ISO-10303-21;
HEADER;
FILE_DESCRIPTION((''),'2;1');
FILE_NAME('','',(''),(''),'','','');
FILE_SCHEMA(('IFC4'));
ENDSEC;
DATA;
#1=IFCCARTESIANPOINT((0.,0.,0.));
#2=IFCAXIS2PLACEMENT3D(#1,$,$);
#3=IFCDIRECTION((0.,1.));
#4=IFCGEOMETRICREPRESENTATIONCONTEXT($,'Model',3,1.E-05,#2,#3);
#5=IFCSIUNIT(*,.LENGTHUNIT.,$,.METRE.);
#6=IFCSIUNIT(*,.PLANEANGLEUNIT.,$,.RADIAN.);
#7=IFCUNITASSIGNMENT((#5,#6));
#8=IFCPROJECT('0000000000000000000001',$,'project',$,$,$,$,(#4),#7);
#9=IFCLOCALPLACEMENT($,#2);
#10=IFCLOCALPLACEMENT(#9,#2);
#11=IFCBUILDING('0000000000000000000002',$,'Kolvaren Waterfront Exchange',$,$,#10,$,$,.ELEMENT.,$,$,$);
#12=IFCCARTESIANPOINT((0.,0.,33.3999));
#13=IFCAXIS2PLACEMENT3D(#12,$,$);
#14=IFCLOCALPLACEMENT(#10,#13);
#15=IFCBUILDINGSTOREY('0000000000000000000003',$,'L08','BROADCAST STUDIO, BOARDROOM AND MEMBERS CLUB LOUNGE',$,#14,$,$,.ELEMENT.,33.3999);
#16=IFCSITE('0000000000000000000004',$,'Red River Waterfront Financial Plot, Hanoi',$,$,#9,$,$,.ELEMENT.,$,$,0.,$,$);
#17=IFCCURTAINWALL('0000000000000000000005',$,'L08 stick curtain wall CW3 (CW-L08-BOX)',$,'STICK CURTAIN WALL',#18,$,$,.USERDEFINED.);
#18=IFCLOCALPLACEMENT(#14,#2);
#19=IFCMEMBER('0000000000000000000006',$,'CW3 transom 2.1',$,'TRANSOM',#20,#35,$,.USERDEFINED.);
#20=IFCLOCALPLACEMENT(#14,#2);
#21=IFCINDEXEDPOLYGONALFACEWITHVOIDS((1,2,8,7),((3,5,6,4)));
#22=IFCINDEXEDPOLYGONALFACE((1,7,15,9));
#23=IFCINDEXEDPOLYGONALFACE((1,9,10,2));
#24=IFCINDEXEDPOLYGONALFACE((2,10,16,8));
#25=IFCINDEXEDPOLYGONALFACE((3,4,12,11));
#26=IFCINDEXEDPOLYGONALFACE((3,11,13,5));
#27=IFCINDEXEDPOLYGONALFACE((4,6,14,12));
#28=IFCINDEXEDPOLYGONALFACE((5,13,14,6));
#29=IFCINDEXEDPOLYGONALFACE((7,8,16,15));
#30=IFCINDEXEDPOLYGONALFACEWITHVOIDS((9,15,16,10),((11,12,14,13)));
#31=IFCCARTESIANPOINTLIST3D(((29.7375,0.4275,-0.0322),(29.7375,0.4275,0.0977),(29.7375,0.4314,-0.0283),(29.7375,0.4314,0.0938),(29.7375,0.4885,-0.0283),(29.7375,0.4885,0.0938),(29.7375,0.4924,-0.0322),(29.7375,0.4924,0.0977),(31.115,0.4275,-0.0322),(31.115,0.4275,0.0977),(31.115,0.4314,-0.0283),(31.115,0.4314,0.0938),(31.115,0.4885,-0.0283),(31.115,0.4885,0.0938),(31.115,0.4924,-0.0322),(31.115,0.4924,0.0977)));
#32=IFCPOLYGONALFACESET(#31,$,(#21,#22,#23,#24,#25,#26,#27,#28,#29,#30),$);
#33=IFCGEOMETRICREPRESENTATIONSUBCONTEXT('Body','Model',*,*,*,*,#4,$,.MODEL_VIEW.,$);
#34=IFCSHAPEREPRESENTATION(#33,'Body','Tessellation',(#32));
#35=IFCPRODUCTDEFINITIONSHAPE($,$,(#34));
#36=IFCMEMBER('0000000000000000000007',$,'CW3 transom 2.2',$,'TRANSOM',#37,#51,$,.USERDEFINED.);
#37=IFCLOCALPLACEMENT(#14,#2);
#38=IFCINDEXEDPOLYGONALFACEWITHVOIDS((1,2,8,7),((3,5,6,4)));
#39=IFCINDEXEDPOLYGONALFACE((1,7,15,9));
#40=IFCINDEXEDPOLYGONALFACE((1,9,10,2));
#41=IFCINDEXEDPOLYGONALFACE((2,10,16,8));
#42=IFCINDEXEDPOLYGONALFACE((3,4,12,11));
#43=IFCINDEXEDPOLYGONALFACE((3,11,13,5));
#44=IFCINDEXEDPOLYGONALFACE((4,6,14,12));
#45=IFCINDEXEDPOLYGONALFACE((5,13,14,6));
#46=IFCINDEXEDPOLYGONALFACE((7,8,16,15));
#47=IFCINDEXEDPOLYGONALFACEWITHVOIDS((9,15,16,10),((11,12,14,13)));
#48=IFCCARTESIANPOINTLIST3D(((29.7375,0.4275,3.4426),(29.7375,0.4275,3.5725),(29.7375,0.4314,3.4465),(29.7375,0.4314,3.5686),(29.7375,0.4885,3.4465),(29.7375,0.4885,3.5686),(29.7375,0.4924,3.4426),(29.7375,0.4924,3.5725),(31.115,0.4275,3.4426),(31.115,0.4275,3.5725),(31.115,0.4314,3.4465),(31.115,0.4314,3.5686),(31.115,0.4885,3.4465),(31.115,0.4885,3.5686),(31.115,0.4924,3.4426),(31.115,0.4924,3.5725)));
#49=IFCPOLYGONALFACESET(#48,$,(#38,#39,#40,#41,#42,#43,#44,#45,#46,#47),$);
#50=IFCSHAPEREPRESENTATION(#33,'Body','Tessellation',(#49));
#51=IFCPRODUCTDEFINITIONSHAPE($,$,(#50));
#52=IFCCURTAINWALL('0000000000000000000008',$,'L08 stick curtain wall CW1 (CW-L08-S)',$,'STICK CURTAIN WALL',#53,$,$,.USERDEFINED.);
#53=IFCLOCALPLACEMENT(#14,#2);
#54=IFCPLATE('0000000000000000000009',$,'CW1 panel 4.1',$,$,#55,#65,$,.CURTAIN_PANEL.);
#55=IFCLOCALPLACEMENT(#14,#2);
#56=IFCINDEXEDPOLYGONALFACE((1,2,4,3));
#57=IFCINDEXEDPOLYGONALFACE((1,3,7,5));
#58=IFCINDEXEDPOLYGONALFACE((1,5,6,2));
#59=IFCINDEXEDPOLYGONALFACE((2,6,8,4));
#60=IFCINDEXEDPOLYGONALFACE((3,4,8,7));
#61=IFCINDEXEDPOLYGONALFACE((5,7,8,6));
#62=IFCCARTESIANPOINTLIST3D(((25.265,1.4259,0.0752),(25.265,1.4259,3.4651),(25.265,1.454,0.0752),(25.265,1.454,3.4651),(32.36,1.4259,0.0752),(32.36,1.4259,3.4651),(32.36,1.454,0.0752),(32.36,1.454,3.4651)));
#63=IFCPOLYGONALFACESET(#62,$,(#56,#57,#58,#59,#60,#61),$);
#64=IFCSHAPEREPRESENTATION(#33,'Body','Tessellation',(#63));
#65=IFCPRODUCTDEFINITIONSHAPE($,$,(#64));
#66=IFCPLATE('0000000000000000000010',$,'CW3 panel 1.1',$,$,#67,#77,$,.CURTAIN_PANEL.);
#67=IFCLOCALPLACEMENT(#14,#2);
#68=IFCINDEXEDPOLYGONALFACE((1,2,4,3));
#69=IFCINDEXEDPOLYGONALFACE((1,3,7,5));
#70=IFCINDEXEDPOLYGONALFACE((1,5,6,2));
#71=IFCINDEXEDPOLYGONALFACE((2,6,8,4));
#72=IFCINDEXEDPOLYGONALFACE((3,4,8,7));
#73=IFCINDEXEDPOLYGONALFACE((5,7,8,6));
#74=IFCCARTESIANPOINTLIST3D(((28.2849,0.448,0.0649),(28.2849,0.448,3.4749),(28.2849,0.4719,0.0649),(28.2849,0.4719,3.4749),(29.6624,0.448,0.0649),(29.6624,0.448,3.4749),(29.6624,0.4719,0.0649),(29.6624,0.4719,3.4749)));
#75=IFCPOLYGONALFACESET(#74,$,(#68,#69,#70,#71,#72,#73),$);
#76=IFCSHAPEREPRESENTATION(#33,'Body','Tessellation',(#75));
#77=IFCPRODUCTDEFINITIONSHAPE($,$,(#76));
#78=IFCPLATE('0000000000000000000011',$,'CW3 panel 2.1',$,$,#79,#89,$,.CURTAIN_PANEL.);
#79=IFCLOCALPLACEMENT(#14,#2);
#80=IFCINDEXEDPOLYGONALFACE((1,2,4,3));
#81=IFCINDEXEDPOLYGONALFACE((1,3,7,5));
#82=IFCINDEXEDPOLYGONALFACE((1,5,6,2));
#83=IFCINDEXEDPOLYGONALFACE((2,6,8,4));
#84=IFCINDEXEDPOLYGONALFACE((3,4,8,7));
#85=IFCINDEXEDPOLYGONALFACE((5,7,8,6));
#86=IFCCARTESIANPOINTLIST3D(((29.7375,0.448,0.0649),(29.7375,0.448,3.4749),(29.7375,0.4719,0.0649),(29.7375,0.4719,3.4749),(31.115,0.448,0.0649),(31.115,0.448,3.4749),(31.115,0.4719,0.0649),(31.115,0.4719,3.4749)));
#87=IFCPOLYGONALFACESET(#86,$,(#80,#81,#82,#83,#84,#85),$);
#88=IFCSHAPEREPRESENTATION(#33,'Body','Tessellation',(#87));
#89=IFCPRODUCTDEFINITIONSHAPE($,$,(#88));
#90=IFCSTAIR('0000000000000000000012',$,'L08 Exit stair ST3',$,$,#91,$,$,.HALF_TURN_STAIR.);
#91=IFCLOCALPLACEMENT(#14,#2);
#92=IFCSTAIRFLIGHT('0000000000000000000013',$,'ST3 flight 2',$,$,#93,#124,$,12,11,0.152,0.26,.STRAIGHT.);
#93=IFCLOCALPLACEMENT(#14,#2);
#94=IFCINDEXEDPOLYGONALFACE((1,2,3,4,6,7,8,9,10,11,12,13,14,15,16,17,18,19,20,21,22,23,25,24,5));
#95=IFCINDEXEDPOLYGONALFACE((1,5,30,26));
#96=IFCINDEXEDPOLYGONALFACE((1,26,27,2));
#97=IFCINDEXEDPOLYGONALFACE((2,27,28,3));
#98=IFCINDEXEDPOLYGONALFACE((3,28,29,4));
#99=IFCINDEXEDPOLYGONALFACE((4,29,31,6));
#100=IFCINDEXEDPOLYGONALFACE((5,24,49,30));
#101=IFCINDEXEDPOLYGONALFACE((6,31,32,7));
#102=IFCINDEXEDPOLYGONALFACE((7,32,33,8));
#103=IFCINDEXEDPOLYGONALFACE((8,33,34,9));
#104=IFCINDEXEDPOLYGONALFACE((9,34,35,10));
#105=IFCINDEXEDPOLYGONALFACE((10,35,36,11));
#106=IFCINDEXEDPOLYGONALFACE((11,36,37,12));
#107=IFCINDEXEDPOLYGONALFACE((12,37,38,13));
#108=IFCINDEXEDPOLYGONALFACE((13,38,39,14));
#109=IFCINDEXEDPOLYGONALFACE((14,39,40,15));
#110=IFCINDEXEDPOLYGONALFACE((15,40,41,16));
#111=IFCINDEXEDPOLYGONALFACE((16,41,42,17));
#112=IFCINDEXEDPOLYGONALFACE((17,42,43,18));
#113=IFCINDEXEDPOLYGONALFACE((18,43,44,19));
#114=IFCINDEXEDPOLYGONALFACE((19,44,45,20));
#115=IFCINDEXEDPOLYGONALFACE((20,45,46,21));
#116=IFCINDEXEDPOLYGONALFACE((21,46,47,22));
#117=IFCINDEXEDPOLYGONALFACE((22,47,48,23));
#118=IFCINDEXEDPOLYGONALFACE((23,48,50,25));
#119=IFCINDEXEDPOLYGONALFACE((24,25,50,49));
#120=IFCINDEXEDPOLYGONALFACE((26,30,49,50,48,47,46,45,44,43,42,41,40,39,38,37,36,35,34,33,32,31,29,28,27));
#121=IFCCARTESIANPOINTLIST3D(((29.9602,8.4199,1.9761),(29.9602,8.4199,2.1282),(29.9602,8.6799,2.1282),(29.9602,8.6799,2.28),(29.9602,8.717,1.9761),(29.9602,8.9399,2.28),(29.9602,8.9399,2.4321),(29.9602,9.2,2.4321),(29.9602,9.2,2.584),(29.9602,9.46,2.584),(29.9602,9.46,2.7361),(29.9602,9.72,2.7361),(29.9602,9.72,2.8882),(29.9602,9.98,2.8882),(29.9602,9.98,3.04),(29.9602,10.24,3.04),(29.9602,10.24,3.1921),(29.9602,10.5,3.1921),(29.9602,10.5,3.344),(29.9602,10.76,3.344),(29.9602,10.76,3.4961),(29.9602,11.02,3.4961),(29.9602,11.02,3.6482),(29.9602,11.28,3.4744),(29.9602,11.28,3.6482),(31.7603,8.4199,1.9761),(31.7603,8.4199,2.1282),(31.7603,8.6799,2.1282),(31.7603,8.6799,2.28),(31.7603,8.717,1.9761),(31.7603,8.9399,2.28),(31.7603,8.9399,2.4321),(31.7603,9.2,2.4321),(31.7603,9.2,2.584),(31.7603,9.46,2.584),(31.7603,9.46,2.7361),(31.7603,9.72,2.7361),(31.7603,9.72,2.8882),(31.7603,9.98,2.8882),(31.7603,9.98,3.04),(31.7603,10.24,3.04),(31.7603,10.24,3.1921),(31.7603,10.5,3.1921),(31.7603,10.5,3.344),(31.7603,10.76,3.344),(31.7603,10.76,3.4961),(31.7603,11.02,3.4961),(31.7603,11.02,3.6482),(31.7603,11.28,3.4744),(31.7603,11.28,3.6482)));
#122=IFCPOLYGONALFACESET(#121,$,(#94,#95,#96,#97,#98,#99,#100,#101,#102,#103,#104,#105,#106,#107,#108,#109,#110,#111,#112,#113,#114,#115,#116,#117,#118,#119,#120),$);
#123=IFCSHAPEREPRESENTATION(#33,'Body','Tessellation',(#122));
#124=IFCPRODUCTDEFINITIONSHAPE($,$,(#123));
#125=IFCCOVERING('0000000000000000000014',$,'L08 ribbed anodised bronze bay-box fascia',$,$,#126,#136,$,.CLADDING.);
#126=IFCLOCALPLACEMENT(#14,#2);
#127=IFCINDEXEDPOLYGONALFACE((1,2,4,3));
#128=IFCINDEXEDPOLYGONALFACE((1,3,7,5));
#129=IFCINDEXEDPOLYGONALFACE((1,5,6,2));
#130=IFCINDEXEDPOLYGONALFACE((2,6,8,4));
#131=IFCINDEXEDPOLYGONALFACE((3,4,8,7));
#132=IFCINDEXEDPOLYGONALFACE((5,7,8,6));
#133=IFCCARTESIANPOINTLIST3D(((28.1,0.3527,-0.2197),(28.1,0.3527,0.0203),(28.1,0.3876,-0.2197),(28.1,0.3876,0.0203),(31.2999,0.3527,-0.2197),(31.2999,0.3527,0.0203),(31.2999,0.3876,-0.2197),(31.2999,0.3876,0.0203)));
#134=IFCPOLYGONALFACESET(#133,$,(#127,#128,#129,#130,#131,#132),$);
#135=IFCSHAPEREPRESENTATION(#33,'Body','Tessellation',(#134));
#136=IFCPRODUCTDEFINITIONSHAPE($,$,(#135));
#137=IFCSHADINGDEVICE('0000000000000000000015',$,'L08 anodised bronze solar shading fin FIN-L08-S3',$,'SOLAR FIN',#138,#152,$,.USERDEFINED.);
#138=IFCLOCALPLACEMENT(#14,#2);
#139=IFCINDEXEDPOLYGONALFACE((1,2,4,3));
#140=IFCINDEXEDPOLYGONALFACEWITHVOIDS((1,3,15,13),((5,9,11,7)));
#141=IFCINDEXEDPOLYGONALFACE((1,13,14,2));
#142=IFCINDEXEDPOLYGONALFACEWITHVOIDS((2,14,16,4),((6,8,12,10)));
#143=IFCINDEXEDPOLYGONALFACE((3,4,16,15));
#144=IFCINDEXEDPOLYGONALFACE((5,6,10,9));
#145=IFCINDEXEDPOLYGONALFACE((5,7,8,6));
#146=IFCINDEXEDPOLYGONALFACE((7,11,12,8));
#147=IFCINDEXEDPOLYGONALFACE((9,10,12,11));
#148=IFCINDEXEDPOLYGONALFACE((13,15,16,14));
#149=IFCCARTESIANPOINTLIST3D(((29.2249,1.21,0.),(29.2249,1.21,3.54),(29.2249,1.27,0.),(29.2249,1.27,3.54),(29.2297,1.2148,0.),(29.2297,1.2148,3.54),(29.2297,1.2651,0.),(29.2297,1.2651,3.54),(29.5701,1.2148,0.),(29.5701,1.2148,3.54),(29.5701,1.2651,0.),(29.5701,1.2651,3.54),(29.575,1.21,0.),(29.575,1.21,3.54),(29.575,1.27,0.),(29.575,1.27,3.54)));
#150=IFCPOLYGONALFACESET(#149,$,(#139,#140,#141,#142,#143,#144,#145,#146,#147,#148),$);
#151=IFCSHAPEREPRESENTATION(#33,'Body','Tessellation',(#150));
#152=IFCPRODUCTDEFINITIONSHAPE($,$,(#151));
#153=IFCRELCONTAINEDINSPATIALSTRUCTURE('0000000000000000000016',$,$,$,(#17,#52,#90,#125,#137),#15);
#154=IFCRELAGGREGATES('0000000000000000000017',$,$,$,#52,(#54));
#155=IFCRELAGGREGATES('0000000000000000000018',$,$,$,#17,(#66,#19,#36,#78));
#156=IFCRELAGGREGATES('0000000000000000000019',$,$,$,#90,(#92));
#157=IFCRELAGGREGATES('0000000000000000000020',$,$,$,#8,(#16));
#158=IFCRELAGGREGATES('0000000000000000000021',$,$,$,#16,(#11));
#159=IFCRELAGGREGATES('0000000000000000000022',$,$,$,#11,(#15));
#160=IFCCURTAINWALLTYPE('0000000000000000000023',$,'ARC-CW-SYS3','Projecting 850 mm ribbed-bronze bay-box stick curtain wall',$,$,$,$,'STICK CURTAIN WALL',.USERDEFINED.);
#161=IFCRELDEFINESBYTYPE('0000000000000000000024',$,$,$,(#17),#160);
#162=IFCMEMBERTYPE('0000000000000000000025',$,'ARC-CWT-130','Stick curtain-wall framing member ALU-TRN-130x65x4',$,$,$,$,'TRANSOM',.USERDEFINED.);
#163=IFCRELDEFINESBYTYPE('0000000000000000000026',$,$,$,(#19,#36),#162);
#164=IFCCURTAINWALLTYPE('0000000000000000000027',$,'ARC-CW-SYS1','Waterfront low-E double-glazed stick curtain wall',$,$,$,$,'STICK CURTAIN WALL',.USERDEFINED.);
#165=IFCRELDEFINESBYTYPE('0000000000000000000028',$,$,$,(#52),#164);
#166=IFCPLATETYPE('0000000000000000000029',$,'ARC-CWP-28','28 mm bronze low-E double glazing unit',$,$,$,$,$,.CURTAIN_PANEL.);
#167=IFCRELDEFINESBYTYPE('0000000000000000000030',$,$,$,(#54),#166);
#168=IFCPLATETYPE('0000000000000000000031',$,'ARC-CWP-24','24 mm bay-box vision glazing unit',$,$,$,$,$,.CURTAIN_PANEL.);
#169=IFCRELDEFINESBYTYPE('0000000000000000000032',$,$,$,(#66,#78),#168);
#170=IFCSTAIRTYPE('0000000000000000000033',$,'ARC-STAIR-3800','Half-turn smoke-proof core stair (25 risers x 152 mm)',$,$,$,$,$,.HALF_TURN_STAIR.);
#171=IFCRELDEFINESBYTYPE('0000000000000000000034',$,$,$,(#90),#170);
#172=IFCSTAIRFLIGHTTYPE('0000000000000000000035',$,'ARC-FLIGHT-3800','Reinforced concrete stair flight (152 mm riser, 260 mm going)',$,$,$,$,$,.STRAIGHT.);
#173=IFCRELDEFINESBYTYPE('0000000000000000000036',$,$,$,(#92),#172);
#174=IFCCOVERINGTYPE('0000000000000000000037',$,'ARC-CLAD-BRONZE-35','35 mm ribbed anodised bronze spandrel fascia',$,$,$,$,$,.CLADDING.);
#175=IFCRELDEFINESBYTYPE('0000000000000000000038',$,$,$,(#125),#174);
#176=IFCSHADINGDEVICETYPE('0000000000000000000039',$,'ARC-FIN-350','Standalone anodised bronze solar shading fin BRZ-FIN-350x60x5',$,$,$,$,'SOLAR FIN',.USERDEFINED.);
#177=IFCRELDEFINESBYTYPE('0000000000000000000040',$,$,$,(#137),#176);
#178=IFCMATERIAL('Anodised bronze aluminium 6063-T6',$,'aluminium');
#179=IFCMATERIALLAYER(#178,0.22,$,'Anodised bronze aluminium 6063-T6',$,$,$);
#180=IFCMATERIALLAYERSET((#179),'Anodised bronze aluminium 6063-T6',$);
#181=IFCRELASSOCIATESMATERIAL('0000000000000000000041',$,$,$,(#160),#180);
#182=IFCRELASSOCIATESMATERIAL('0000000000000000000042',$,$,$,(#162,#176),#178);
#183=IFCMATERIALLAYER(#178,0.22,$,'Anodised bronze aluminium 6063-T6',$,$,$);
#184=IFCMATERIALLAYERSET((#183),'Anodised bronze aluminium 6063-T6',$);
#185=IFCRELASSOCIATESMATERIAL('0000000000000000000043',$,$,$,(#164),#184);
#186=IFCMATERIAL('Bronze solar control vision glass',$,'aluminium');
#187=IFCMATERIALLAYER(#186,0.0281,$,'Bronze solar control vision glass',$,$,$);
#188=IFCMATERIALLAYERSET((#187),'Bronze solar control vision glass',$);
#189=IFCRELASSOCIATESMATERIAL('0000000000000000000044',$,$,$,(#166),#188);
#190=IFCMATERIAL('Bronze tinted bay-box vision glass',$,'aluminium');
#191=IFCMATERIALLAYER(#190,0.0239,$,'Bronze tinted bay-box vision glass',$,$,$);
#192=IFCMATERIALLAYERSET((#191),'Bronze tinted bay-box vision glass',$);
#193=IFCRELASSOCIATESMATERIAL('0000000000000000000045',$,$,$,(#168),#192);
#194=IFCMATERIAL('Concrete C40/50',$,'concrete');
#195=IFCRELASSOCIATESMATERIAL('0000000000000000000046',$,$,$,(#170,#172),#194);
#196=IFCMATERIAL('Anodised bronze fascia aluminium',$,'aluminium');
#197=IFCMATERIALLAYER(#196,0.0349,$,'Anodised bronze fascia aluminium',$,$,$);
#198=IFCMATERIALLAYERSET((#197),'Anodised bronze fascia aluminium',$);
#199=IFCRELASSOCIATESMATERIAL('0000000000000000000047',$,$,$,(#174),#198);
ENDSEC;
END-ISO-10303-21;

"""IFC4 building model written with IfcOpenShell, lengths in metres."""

from ifc_helpers import new_model, si_unit, direction, frame, origin, origin_with_axes, origin_2d, place, context, subcontext, project, spatial, polyline, rectangle, hollow_rectangle, outline, extrude, source, transform, mapped, material, layer, layer_set, material_profile, profile_set, type_object, element, aggregate, save


model = new_model("IFC4")

# Units and contexts
model_context = context("Model", 3, precision=1e-05, world=origin(), true_north=direction((0.0, 1.0)))
body_context = subcontext(model_context, "Body", "Model", "MODEL_VIEW")
ifc_project = project(units=[si_unit("LENGTHUNIT", "METRE"), si_unit("PLANEANGLEUNIT", "RADIAN")], contexts=[model_context])

# Site, building, storey
site_placement = place(None, origin())
site = spatial("IfcSite", under=ifc_project, at=site_placement, Name="Red River Waterfront Financial Plot, Hanoi", CompositionType="ELEMENT", RefElevation=0.0)
building_placement = place(site_placement, origin())
building = spatial("IfcBuilding", under=site, at=building_placement, Name="Kolvaren Waterfront Exchange", CompositionType="ELEMENT")
storey_placement = place(building_placement, frame((0.0, 0.0, 33.3999)))
storey = spatial("IfcBuildingStorey", under=building, at=storey_placement, Name="L08", Description="BROADCAST STUDIO, BOARDROOM AND MEMBERS CLUB LOUNGE", CompositionType="ELEMENT", Elevation=33.3999)

# Shared definitions
ifc_material_1 = material(Name="Anodised bronze aluminium 6063-T6", Category="aluminium")
ifc_layer_1 = layer(ifc_material_1, 0.22, Name="Anodised bronze aluminium 6063-T6")
ifc_layer_set_1 = layer_set([ifc_layer_1], Name="Anodised bronze aluminium 6063-T6")
curtain_wall_type_1 = type_object("IfcCurtainWallType", Name="ARC-CW-SYS3", Description="Projecting 850 mm ribbed-bronze bay-box stick curtain wall", ElementType="STICK CURTAIN WALL", PredefinedType="USERDEFINED", material=ifc_layer_set_1)

# Curtain wall
curtain_wall_1_placement = place(storey_placement, origin())
curtain_wall_1 = element("IfcCurtainWall", 1, at=curtain_wall_1_placement, inside=storey, type_object=curtain_wall_type_1, Name="L08 stick curtain wall CW3 (CW-L08-BOX)", ObjectType="STICK CURTAIN WALL", PredefinedType="USERDEFINED")

# Members
ifc_material_profile_1 = material_profile(ifc_material_1, hollow_rectangle(XDim=0.0649, YDim=0.1299, WallThickness=0.0039, at=origin_2d()), Name="ALU-TRN-130x65x4")
ifc_profile_set_1 = profile_set([ifc_material_profile_1], Name="Anodised bronze aluminium 6063-T6")
member_type_1 = type_object("IfcMemberType", Name="ARC-CWT-130", Description="Stick curtain-wall framing member ALU-TRN-130x65x4", ElementType="TRANSOM", PredefinedType="USERDEFINED", material=ifc_profile_set_1)
shared_shape_1 = source(origin_with_axes(), body_context, "Body", "SweptSolid", [
    extrude(hollow_rectangle(XDim=0.0649, YDim=0.1299, WallThickness=0.0039, at=origin_2d()), origin(), (0.0, 0.0, 1.0), 1.3774),
])
member_1_placement = place(storey_placement, frame((29.7375, 0.46, 0.0327), z_axis=(1.0, 0.0, 0.0), x_axis=(0.0, 1.0, 0.0)))
member_1 = element("IfcMember", 2, at=member_1_placement, type_object=member_type_1, Name="CW3 transom 2.1", ObjectType="TRANSOM", PredefinedType="USERDEFINED", context=body_context, shape_type="MappedRepresentation", body=[
    mapped(shared_shape_1, transform((0.0, 0.0, 0.0), x_axis=(1.0, 0.0, 0.0), y_axis=(0.0, 1.0, 0.0), z_axis=(0.0, 0.0, 1.0), scale=1.0)),
])
member_2_placement = place(storey_placement, frame((29.7375, 0.46, 3.5076), z_axis=(1.0, 0.0, 0.0), x_axis=(0.0, 1.0, 0.0)))
member_2 = element("IfcMember", 3, at=member_2_placement, type_object=member_type_1, Name="CW3 transom 2.2", ObjectType="TRANSOM", PredefinedType="USERDEFINED", context=body_context, shape_type="MappedRepresentation", body=[
    mapped(shared_shape_1, transform((0.0, 0.0, 0.0), x_axis=(1.0, 0.0, 0.0), y_axis=(0.0, 1.0, 0.0), z_axis=(0.0, 0.0, 1.0), scale=1.0)),
])

# Curtain wall, plate
ifc_layer_2 = layer(ifc_material_1, 0.22, Name="Anodised bronze aluminium 6063-T6")
ifc_layer_set_2 = layer_set([ifc_layer_2], Name="Anodised bronze aluminium 6063-T6")
curtain_wall_type_2 = type_object("IfcCurtainWallType", Name="ARC-CW-SYS1", Description="Waterfront low-E double-glazed stick curtain wall", ElementType="STICK CURTAIN WALL", PredefinedType="USERDEFINED", material=ifc_layer_set_2)
curtain_wall_2_placement = place(storey_placement, origin())
curtain_wall_2 = element("IfcCurtainWall", 4, at=curtain_wall_2_placement, inside=storey, type_object=curtain_wall_type_2, Name="L08 stick curtain wall CW1 (CW-L08-S)", ObjectType="STICK CURTAIN WALL", PredefinedType="USERDEFINED")
ifc_material_2 = material(Name="Bronze solar control vision glass", Category="aluminium")
ifc_layer_3 = layer(ifc_material_2, 0.0281, Name="Bronze solar control vision glass")
ifc_layer_set_3 = layer_set([ifc_layer_3], Name="Bronze solar control vision glass")
plate_type_1 = type_object("IfcPlateType", Name="ARC-CWP-28", Description="28 mm bronze low-E double glazing unit", PredefinedType="CURTAIN_PANEL", material=ifc_layer_set_3)
shared_shape_2 = source(origin_with_axes(), body_context, "Body", "SweptSolid", [
    extrude(rectangle(XDim=7.095, YDim=0.0281, at=origin_2d()), origin(), (0.0, 0.0, 1.0), 3.3899),
])
plate_1_placement = place(storey_placement, frame((28.8125, 1.4399, 0.0752), z_axis=(0.0, 0.0, 1.0), x_axis=(1.0, 0.0, 0.0)))
plate_1 = element("IfcPlate", 5, at=plate_1_placement, type_object=plate_type_1, Name="CW1 panel 4.1", PredefinedType="CURTAIN_PANEL", context=body_context, shape_type="MappedRepresentation", body=[
    mapped(shared_shape_2, transform((0.0, 0.0, 0.0), x_axis=(1.0, 0.0, 0.0), y_axis=(0.0, 1.0, 0.0), z_axis=(0.0, 0.0, 1.0), scale=1.0)),
])
aggregate(curtain_wall_2, [plate_1])

# Plates
ifc_material_3 = material(Name="Bronze tinted bay-box vision glass", Category="aluminium")
ifc_layer_4 = layer(ifc_material_3, 0.0239, Name="Bronze tinted bay-box vision glass")
ifc_layer_set_4 = layer_set([ifc_layer_4], Name="Bronze tinted bay-box vision glass")
plate_type_2 = type_object("IfcPlateType", Name="ARC-CWP-24", Description="24 mm bay-box vision glazing unit", PredefinedType="CURTAIN_PANEL", material=ifc_layer_set_4)
shared_shape_3 = source(origin_with_axes(), body_context, "Body", "SweptSolid", [
    extrude(rectangle(XDim=1.3774, YDim=0.0239, at=origin_2d()), origin(), (0.0, 0.0, 1.0), 3.4099),
])
plate_2_placement = place(storey_placement, frame((28.9736, 0.46, 0.0649), z_axis=(0.0, 0.0, 1.0), x_axis=(1.0, 0.0, 0.0)))
plate_2 = element("IfcPlate", 6, at=plate_2_placement, type_object=plate_type_2, Name="CW3 panel 1.1", PredefinedType="CURTAIN_PANEL", context=body_context, shape_type="MappedRepresentation", body=[
    mapped(shared_shape_3, transform((0.0, 0.0, 0.0), x_axis=(1.0, 0.0, 0.0), y_axis=(0.0, 1.0, 0.0), z_axis=(0.0, 0.0, 1.0), scale=1.0)),
])
plate_3_placement = place(storey_placement, frame((30.4263, 0.46, 0.0649), z_axis=(0.0, 0.0, 1.0), x_axis=(1.0, 0.0, 0.0)))
plate_3 = element("IfcPlate", 7, at=plate_3_placement, type_object=plate_type_2, Name="CW3 panel 2.1", PredefinedType="CURTAIN_PANEL", context=body_context, shape_type="MappedRepresentation", body=[
    mapped(shared_shape_3, transform((0.0, 0.0, 0.0), x_axis=(1.0, 0.0, 0.0), y_axis=(0.0, 1.0, 0.0), z_axis=(0.0, 0.0, 1.0), scale=1.0)),
])
aggregate(curtain_wall_1, [plate_2, member_1, member_2, plate_3])

# Stair, stair flight
ifc_material_4 = material(Name="Concrete C40/50", Category="concrete")
stair_type = type_object("IfcStairType", Name="ARC-STAIR-3800", Description="Half-turn smoke-proof core stair (25 risers x 152 mm)", PredefinedType="HALF_TURN_STAIR", material=ifc_material_4)
stair_placement = place(storey_placement, origin())
stair = element("IfcStair", 8, at=stair_placement, inside=storey, type_object=stair_type, Name="L08 Exit stair ST3", PredefinedType="HALF_TURN_STAIR")
stair_flight_type = type_object("IfcStairFlightType", Name="ARC-FLIGHT-3800", Description="Reinforced concrete stair flight (152 mm riser, 260 mm going)", PredefinedType="STRAIGHT", material=ifc_material_4)
stair_flight_placement = place(storey_placement, frame((30.8601, 8.4199, 1.9761), z_axis=(0.0, 0.0, 1.0), x_axis=(0.0, 1.0, 0.0)))
stair_flight = element("IfcStairFlight", 9, at=stair_flight_placement, type_object=stair_flight_type, Name="ST3 flight 2", NumberOfRisers=12, NumberOfTreads=11, PredefinedType="STRAIGHT", RiserHeight=0.152, TreadLength=0.26, context=body_context, shape_type="SweptSolid", body=[
    extrude(outline(polyline([(0.0, 0.0), (0.0, 0.1521), (0.26, 0.1521), (0.26, 0.304), (0.52, 0.304), (0.52, 0.4561), (0.78, 0.4561), (0.78, 0.6079), (1.04, 0.6079), (1.04, 0.76), (1.3, 0.76), (1.3, 0.9121), (1.5601, 0.9121), (1.5601, 1.064), (1.8201, 1.064), (1.8201, 1.2161), (2.0801, 1.2161), (2.0801, 1.3679), (2.3401, 1.3679), (2.3401, 1.52), (2.6001, 1.52), (2.6001, 1.6721), (2.8601, 1.6721), (2.8601, 1.824), (2.8601, 1.4983), (0.2971, 0.0), (0.0, 0.0)])), frame((0.0, 0.8999, 0.0), z_axis=(0.0, -1.0, 0.0), x_axis=(1.0, 0.0, 0.0)), (0.0, 0.0, 1.0), 1.8),
])
aggregate(stair, [stair_flight])

# Covering
ifc_material_5 = material(Name="Anodised bronze fascia aluminium", Category="aluminium")
ifc_layer_5 = layer(ifc_material_5, 0.0349, Name="Anodised bronze fascia aluminium")
ifc_layer_set_5 = layer_set([ifc_layer_5], Name="Anodised bronze fascia aluminium")
covering_type = type_object("IfcCoveringType", Name="ARC-CLAD-BRONZE-35", Description="35 mm ribbed anodised bronze spandrel fascia", PredefinedType="CLADDING", material=ifc_layer_set_5)
covering_placement = place(storey_placement, frame((29.7, 0.3701, -0.2197), z_axis=(0.0, 0.0, 1.0), x_axis=(1.0, 0.0, 0.0)))
element("IfcCovering", 10, at=covering_placement, inside=storey, type_object=covering_type, Name="L08 ribbed anodised bronze bay-box fascia", PredefinedType="CLADDING", context=body_context, shape_type="SweptSolid", body=[
    extrude(rectangle(XDim=3.2, YDim=0.0349, at=origin_2d()), origin(), (0.0, 0.0, 1.0), 0.24),
])

# Shading device
ifc_material_profile_2 = material_profile(ifc_material_1, hollow_rectangle(XDim=0.0601, YDim=0.3501, WallThickness=0.0049, at=origin_2d()), Name="BRZ-FIN-350x60x5")
ifc_profile_set_2 = profile_set([ifc_material_profile_2], Name="Anodised bronze aluminium 6063-T6")
shading_device_type = type_object("IfcShadingDeviceType", Name="ARC-FIN-350", Description="Standalone anodised bronze solar shading fin BRZ-FIN-350x60x5", ElementType="SOLAR FIN", PredefinedType="USERDEFINED", material=ifc_profile_set_2)
shading_device_placement = place(storey_placement, frame((29.3999, 1.24, 0.0), z_axis=(0.0, 0.0, 1.0), x_axis=(0.0, -1.0, 0.0)))
element("IfcShadingDevice", 11, at=shading_device_placement, inside=storey, type_object=shading_device_type, Name="L08 anodised bronze solar shading fin FIN-L08-S3", ObjectType="SOLAR FIN", PredefinedType="USERDEFINED", context=body_context, shape_type="SweptSolid", body=[
    extrude(hollow_rectangle(XDim=0.0601, YDim=0.3501, WallThickness=0.0049, at=origin_2d()), origin(), (0.0, 0.0, 1.0), 3.54),
])

save(model, "model.ifc")
